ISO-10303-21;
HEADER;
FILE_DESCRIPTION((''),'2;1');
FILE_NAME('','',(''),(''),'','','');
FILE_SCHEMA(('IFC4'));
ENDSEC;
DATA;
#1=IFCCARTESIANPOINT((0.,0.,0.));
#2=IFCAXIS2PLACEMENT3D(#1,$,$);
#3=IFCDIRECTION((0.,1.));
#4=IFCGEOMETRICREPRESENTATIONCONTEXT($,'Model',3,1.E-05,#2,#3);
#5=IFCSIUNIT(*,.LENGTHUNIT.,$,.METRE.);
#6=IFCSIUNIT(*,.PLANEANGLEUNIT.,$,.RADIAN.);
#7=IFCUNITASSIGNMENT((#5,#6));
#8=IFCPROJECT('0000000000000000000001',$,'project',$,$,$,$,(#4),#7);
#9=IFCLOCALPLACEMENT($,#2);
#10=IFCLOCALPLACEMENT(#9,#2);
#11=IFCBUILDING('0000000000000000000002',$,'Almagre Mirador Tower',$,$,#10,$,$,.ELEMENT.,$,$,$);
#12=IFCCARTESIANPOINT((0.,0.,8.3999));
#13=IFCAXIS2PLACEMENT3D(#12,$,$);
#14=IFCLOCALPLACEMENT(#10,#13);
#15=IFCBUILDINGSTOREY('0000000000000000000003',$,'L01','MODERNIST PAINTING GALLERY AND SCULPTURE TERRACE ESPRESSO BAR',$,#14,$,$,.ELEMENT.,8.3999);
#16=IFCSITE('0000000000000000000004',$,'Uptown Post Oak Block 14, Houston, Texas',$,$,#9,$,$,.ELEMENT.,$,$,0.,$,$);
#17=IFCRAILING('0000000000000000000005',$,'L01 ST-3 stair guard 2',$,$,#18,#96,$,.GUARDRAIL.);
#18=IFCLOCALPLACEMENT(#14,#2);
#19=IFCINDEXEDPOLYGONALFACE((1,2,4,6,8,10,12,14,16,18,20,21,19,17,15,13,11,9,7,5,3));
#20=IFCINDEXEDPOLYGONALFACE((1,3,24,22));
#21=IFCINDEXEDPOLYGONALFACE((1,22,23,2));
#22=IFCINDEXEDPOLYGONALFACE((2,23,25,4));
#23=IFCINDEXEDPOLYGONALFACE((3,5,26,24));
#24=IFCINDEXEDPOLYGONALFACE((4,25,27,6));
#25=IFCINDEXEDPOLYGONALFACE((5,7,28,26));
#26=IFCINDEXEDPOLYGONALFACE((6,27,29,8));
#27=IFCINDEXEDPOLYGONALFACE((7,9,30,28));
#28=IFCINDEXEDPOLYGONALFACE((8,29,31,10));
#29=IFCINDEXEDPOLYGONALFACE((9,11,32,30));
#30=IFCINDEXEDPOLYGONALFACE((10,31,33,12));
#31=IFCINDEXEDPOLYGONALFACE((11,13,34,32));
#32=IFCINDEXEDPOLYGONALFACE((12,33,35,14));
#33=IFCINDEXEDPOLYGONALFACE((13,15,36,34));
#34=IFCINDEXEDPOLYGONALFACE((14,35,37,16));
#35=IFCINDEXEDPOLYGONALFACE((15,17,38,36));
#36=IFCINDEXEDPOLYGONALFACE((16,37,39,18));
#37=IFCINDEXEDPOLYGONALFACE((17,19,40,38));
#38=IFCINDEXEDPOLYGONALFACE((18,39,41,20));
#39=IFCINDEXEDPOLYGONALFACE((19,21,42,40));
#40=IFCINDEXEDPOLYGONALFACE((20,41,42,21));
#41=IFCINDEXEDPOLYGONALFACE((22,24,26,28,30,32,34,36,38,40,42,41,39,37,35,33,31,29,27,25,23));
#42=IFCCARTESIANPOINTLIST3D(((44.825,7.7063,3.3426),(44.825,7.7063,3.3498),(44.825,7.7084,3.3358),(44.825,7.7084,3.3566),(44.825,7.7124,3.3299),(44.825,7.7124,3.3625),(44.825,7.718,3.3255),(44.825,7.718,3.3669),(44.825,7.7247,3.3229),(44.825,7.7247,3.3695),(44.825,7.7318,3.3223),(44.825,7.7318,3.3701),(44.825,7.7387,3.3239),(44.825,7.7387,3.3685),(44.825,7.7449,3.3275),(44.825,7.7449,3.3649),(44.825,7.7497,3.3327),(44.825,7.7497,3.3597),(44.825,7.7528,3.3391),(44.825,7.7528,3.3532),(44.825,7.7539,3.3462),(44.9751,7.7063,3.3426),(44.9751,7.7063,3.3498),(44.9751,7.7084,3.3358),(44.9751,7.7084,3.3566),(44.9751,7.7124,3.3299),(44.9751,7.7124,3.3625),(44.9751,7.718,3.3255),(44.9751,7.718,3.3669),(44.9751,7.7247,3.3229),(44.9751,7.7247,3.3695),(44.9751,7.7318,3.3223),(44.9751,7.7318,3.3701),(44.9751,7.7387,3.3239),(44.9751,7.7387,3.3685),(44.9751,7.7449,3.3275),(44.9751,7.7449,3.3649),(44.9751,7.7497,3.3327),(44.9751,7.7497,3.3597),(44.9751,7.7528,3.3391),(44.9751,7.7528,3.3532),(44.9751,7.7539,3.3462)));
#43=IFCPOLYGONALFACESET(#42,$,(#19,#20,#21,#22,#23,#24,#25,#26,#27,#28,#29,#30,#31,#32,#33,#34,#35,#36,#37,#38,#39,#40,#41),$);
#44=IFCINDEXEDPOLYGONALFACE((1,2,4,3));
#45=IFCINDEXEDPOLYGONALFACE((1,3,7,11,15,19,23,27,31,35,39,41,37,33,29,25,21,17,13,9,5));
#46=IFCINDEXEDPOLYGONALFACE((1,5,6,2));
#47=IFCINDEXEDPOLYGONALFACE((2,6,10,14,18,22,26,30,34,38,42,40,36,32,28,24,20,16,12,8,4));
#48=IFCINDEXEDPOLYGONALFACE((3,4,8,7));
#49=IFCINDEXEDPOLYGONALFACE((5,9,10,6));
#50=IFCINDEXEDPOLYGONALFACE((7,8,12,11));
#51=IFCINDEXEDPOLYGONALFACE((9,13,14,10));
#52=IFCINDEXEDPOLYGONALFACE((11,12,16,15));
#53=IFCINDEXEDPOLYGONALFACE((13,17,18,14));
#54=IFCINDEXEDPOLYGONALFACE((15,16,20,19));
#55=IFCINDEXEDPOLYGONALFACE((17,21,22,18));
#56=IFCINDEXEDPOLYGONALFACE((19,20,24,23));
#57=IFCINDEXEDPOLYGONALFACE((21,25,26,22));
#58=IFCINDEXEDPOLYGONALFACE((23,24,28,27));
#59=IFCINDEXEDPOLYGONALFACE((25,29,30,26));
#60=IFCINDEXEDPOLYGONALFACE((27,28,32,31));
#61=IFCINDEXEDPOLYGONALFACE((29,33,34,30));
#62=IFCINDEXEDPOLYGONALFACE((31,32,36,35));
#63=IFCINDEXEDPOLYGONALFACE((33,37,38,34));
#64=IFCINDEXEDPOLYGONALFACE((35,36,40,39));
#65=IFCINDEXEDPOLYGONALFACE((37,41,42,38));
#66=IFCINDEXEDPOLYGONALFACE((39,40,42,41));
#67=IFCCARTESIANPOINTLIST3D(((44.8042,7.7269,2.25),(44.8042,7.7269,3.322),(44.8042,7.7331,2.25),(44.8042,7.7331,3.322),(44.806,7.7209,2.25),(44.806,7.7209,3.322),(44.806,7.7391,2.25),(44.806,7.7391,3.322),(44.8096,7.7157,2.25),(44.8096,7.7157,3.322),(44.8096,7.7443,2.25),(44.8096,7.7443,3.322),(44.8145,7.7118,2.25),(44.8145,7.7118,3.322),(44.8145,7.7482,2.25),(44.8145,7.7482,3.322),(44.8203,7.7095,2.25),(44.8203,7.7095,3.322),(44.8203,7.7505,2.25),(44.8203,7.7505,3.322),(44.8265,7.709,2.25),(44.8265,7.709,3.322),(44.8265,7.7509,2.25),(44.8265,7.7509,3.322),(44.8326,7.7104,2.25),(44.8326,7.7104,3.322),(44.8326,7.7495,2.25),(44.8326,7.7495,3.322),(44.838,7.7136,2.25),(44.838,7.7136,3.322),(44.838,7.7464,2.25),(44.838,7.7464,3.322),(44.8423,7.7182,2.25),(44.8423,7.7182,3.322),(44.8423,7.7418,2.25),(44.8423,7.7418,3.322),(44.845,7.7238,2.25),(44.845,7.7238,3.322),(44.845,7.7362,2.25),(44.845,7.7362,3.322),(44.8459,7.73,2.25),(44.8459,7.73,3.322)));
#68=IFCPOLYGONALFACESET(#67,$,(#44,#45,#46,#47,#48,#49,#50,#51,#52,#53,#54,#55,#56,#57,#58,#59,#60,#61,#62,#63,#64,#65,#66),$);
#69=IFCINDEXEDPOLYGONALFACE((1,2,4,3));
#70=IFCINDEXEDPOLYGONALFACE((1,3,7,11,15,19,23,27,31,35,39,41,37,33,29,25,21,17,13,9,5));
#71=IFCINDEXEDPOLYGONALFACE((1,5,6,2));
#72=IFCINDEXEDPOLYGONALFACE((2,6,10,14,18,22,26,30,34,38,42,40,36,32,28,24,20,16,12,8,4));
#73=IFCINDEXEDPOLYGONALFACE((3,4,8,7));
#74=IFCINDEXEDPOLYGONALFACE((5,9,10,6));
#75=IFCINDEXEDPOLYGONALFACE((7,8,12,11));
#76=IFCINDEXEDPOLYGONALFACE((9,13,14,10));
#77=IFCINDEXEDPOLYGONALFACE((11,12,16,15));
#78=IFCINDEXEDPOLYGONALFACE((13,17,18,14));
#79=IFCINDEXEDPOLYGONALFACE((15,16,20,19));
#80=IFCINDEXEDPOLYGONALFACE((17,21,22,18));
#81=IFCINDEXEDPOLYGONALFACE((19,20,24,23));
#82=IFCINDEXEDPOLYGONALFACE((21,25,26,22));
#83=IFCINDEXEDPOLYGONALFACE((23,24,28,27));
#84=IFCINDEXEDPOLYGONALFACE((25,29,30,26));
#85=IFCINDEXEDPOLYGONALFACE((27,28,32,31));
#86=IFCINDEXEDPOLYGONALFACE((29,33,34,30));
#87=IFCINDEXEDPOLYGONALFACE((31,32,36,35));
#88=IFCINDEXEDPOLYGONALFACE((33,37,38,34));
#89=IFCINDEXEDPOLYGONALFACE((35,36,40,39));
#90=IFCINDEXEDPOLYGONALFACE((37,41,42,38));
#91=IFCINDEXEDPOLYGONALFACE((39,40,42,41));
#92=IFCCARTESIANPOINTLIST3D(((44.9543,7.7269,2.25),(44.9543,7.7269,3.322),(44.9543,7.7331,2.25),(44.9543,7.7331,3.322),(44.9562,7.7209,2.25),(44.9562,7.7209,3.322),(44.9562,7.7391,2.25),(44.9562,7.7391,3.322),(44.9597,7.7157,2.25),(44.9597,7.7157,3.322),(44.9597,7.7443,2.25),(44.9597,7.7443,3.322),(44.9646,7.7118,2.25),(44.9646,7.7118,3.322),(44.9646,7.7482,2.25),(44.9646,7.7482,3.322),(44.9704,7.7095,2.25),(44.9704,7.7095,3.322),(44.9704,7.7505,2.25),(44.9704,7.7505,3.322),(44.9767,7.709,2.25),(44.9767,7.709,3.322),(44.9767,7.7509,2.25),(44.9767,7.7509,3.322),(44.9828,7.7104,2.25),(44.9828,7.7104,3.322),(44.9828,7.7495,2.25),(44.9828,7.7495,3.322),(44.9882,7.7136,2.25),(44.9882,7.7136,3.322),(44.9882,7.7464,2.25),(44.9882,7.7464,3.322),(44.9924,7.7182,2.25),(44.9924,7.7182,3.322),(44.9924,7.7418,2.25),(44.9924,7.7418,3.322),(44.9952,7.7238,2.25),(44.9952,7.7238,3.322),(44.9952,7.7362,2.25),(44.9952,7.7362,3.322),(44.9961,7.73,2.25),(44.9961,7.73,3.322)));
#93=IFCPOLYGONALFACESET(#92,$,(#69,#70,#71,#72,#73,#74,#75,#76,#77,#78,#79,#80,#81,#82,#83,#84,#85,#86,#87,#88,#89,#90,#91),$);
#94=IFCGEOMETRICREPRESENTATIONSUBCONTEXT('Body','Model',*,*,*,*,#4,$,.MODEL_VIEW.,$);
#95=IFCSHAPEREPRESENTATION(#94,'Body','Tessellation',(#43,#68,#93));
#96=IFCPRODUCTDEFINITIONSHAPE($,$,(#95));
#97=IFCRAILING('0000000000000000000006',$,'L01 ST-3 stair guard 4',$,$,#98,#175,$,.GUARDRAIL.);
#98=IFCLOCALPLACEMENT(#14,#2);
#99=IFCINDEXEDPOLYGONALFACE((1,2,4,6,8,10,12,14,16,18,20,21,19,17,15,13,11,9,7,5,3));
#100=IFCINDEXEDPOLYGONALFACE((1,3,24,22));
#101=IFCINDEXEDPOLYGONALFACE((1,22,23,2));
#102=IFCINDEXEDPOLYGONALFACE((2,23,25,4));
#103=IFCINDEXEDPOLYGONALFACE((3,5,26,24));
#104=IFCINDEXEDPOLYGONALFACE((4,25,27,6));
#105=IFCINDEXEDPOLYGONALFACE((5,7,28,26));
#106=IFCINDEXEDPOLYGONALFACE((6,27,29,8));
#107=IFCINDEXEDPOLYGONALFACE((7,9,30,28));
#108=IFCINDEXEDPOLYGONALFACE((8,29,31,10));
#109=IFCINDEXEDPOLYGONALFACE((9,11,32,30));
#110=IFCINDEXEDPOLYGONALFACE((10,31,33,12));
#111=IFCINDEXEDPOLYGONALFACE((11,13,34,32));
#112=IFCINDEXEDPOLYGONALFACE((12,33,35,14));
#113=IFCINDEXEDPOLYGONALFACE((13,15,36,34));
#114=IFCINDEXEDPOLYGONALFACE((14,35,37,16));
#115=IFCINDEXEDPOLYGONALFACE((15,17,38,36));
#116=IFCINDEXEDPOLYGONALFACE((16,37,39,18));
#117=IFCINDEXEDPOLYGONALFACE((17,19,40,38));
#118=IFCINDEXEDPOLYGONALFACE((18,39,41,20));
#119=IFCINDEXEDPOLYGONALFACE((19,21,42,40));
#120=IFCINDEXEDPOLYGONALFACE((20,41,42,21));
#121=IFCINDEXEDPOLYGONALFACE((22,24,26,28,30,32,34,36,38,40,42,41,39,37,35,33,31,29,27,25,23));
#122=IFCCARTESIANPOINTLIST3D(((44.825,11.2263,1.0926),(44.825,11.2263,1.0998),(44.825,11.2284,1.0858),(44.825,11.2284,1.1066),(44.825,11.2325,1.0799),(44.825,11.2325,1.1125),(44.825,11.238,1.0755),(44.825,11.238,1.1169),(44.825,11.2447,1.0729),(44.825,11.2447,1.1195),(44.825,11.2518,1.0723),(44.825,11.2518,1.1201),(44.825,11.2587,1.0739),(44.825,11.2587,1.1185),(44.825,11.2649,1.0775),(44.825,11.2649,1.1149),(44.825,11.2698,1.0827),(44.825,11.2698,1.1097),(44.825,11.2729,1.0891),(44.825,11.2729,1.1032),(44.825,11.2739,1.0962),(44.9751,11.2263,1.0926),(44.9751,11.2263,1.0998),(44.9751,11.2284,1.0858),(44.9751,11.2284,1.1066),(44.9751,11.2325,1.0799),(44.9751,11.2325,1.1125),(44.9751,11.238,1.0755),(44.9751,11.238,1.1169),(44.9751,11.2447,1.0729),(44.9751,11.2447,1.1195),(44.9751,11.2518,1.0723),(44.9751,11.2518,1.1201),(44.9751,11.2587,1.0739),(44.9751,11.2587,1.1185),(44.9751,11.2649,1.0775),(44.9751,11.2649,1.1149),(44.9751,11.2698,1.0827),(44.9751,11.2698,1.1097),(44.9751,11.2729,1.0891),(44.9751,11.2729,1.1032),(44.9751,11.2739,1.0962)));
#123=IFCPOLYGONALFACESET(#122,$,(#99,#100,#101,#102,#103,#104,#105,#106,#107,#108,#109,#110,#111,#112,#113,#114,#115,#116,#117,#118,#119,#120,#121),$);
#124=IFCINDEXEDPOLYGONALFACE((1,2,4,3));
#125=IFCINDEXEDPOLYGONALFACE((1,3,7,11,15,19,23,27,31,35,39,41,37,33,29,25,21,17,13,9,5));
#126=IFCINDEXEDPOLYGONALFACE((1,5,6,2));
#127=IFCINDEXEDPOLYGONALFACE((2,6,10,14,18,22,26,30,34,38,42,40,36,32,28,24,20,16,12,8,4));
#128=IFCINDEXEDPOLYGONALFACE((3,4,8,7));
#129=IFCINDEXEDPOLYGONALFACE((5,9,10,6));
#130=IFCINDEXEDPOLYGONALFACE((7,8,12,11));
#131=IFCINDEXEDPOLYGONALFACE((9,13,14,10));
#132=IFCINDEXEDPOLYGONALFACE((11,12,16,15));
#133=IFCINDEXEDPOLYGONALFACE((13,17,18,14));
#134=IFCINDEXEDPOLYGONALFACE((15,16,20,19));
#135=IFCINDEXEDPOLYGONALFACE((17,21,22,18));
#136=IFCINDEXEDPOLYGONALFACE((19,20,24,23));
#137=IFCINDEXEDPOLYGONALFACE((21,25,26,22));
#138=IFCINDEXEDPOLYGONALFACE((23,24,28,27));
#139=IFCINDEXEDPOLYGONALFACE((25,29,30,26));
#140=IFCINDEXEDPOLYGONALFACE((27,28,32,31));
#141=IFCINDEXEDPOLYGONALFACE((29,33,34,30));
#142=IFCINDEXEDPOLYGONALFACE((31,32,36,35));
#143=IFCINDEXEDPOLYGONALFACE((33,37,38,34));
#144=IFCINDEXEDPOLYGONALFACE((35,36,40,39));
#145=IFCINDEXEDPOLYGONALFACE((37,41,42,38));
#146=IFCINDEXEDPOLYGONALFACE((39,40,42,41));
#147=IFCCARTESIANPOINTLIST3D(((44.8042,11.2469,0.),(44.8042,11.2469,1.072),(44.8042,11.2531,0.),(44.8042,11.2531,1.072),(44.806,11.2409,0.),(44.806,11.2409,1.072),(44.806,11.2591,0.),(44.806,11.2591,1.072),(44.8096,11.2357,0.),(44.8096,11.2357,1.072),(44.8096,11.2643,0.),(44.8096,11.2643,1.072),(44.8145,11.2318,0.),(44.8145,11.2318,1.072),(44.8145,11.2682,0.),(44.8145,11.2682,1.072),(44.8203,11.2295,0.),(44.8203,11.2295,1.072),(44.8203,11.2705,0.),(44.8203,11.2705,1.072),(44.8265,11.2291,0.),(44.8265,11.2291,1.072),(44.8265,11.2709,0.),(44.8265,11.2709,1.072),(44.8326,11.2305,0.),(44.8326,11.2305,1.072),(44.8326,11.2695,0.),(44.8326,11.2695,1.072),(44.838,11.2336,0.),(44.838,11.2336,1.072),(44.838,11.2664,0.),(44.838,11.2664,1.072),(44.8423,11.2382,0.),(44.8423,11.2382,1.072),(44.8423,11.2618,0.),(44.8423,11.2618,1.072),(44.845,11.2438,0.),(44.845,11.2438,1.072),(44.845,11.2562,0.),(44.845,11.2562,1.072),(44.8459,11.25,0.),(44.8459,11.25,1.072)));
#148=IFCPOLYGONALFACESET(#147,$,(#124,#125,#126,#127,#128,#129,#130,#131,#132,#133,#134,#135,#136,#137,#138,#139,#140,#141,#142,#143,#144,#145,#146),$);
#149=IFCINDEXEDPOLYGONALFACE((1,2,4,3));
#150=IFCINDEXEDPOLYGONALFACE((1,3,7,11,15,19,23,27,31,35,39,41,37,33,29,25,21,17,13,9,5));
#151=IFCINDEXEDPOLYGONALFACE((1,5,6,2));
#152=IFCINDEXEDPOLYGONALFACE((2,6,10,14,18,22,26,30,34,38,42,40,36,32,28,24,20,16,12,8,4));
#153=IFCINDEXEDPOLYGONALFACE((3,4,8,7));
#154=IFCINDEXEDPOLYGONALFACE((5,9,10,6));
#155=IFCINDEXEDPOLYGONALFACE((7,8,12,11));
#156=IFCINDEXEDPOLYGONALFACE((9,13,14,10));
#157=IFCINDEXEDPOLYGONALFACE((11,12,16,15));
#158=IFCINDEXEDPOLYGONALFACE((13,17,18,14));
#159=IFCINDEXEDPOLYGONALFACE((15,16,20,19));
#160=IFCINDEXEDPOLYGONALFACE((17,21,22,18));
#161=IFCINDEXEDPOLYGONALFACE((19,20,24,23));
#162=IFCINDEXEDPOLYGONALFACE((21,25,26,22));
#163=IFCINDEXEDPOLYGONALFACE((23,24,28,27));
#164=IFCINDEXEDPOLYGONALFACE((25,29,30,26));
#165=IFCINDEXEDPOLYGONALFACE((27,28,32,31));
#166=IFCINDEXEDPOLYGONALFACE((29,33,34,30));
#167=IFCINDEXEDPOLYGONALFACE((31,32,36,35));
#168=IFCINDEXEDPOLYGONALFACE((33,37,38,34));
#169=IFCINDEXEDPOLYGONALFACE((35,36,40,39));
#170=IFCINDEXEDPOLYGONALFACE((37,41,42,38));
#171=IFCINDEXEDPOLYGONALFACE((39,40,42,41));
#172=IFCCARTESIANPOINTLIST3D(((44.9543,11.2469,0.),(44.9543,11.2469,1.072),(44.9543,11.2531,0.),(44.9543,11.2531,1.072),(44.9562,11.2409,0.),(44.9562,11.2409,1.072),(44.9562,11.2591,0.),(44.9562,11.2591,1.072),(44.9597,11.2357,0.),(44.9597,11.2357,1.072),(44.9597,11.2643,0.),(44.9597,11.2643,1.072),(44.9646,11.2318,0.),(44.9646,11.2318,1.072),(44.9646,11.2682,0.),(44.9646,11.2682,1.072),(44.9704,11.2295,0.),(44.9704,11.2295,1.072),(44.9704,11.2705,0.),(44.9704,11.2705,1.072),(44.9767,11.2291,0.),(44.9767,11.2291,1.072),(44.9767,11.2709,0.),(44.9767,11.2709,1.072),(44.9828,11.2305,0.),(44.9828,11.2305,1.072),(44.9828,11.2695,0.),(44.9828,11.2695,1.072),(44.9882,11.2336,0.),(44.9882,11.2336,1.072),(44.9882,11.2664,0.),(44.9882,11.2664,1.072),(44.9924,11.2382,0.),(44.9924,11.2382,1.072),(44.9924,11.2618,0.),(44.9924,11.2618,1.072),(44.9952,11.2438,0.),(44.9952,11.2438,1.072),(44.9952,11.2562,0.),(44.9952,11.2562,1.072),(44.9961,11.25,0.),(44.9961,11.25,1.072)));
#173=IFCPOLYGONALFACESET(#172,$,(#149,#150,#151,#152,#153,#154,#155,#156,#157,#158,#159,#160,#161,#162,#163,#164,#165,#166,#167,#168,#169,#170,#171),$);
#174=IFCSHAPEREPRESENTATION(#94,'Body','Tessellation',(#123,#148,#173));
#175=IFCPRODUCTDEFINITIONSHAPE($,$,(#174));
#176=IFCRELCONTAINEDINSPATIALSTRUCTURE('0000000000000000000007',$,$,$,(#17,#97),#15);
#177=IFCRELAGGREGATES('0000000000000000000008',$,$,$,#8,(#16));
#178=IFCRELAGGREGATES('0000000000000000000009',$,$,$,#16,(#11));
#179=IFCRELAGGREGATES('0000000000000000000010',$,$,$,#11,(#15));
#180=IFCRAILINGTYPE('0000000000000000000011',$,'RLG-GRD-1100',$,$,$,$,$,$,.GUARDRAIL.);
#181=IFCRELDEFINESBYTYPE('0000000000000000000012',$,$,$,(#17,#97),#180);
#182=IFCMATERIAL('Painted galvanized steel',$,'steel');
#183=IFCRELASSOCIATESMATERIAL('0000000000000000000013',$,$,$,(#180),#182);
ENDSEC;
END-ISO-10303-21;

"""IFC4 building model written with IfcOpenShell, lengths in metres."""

from ifc_helpers import new_model, si_unit, direction, frame, origin, origin_2d, place, context, subcontext, project, spatial, circle, extrude, material, type_object, element, save


model = new_model("IFC4")

# Units and contexts
model_context = context("Model", 3, precision=1e-05, world=origin(), true_north=direction((0.0, 1.0)))
body_context = subcontext(model_context, "Body", "Model", "MODEL_VIEW")
ifc_project = project(units=[si_unit("LENGTHUNIT", "METRE"), si_unit("PLANEANGLEUNIT", "RADIAN")], contexts=[model_context])

# Site, building, storey
site_placement = place(None, origin())
site = spatial("IfcSite", under=ifc_project, at=site_placement, Name="Uptown Post Oak Block 14, Houston, Texas", CompositionType="ELEMENT", RefElevation=0.0)
building_placement = place(site_placement, origin())
building = spatial("IfcBuilding", under=site, at=building_placement, Name="Almagre Mirador Tower", CompositionType="ELEMENT")
storey_placement = place(building_placement, frame((0.0, 0.0, 8.3999)))
storey = spatial("IfcBuildingStorey", under=building, at=storey_placement, Name="L01", Description="MODERNIST PAINTING GALLERY AND SCULPTURE TERRACE ESPRESSO BAR", CompositionType="ELEMENT", Elevation=8.3999)

# Railings
ifc_material_1 = material(Name="Painted galvanized steel", Category="steel")
railing_type_1 = type_object("IfcRailingType", Name="RLG-GRD-1100", PredefinedType="GUARDRAIL", material=ifc_material_1)
for number, where, name in (
    (1, (44.825, 7.73, 2.25), "L01 ST-3 stair guard 2"),
    (2, (44.825, 11.25, 0.0), "L01 ST-3 stair guard 4"),
):
    element("IfcRailing", number, at=place(storey_placement, frame(where)), inside=storey, type_object=railing_type_1, Name=name, PredefinedType="GUARDRAIL", context=body_context, shape_type="SweptSolid", body=[
        extrude(circle(Radius=0.0239, at=origin_2d()), frame((0.0, 0.0, 1.0962), z_axis=(1.0, 0.0, 0.0), x_axis=(0.0, 1.0, 0.0)), (0.0, 0.0, 1.0), 0.1501),
        extrude(circle(Radius=0.021, at=origin_2d()), origin(), (0.0, 0.0, 1.0), 1.072),
        extrude(circle(Radius=0.021, at=origin_2d()), frame((0.1501, 0.0, 0.0)), (0.0, 0.0, 1.0), 1.072),
    ])

save(model, "model.ifc")
